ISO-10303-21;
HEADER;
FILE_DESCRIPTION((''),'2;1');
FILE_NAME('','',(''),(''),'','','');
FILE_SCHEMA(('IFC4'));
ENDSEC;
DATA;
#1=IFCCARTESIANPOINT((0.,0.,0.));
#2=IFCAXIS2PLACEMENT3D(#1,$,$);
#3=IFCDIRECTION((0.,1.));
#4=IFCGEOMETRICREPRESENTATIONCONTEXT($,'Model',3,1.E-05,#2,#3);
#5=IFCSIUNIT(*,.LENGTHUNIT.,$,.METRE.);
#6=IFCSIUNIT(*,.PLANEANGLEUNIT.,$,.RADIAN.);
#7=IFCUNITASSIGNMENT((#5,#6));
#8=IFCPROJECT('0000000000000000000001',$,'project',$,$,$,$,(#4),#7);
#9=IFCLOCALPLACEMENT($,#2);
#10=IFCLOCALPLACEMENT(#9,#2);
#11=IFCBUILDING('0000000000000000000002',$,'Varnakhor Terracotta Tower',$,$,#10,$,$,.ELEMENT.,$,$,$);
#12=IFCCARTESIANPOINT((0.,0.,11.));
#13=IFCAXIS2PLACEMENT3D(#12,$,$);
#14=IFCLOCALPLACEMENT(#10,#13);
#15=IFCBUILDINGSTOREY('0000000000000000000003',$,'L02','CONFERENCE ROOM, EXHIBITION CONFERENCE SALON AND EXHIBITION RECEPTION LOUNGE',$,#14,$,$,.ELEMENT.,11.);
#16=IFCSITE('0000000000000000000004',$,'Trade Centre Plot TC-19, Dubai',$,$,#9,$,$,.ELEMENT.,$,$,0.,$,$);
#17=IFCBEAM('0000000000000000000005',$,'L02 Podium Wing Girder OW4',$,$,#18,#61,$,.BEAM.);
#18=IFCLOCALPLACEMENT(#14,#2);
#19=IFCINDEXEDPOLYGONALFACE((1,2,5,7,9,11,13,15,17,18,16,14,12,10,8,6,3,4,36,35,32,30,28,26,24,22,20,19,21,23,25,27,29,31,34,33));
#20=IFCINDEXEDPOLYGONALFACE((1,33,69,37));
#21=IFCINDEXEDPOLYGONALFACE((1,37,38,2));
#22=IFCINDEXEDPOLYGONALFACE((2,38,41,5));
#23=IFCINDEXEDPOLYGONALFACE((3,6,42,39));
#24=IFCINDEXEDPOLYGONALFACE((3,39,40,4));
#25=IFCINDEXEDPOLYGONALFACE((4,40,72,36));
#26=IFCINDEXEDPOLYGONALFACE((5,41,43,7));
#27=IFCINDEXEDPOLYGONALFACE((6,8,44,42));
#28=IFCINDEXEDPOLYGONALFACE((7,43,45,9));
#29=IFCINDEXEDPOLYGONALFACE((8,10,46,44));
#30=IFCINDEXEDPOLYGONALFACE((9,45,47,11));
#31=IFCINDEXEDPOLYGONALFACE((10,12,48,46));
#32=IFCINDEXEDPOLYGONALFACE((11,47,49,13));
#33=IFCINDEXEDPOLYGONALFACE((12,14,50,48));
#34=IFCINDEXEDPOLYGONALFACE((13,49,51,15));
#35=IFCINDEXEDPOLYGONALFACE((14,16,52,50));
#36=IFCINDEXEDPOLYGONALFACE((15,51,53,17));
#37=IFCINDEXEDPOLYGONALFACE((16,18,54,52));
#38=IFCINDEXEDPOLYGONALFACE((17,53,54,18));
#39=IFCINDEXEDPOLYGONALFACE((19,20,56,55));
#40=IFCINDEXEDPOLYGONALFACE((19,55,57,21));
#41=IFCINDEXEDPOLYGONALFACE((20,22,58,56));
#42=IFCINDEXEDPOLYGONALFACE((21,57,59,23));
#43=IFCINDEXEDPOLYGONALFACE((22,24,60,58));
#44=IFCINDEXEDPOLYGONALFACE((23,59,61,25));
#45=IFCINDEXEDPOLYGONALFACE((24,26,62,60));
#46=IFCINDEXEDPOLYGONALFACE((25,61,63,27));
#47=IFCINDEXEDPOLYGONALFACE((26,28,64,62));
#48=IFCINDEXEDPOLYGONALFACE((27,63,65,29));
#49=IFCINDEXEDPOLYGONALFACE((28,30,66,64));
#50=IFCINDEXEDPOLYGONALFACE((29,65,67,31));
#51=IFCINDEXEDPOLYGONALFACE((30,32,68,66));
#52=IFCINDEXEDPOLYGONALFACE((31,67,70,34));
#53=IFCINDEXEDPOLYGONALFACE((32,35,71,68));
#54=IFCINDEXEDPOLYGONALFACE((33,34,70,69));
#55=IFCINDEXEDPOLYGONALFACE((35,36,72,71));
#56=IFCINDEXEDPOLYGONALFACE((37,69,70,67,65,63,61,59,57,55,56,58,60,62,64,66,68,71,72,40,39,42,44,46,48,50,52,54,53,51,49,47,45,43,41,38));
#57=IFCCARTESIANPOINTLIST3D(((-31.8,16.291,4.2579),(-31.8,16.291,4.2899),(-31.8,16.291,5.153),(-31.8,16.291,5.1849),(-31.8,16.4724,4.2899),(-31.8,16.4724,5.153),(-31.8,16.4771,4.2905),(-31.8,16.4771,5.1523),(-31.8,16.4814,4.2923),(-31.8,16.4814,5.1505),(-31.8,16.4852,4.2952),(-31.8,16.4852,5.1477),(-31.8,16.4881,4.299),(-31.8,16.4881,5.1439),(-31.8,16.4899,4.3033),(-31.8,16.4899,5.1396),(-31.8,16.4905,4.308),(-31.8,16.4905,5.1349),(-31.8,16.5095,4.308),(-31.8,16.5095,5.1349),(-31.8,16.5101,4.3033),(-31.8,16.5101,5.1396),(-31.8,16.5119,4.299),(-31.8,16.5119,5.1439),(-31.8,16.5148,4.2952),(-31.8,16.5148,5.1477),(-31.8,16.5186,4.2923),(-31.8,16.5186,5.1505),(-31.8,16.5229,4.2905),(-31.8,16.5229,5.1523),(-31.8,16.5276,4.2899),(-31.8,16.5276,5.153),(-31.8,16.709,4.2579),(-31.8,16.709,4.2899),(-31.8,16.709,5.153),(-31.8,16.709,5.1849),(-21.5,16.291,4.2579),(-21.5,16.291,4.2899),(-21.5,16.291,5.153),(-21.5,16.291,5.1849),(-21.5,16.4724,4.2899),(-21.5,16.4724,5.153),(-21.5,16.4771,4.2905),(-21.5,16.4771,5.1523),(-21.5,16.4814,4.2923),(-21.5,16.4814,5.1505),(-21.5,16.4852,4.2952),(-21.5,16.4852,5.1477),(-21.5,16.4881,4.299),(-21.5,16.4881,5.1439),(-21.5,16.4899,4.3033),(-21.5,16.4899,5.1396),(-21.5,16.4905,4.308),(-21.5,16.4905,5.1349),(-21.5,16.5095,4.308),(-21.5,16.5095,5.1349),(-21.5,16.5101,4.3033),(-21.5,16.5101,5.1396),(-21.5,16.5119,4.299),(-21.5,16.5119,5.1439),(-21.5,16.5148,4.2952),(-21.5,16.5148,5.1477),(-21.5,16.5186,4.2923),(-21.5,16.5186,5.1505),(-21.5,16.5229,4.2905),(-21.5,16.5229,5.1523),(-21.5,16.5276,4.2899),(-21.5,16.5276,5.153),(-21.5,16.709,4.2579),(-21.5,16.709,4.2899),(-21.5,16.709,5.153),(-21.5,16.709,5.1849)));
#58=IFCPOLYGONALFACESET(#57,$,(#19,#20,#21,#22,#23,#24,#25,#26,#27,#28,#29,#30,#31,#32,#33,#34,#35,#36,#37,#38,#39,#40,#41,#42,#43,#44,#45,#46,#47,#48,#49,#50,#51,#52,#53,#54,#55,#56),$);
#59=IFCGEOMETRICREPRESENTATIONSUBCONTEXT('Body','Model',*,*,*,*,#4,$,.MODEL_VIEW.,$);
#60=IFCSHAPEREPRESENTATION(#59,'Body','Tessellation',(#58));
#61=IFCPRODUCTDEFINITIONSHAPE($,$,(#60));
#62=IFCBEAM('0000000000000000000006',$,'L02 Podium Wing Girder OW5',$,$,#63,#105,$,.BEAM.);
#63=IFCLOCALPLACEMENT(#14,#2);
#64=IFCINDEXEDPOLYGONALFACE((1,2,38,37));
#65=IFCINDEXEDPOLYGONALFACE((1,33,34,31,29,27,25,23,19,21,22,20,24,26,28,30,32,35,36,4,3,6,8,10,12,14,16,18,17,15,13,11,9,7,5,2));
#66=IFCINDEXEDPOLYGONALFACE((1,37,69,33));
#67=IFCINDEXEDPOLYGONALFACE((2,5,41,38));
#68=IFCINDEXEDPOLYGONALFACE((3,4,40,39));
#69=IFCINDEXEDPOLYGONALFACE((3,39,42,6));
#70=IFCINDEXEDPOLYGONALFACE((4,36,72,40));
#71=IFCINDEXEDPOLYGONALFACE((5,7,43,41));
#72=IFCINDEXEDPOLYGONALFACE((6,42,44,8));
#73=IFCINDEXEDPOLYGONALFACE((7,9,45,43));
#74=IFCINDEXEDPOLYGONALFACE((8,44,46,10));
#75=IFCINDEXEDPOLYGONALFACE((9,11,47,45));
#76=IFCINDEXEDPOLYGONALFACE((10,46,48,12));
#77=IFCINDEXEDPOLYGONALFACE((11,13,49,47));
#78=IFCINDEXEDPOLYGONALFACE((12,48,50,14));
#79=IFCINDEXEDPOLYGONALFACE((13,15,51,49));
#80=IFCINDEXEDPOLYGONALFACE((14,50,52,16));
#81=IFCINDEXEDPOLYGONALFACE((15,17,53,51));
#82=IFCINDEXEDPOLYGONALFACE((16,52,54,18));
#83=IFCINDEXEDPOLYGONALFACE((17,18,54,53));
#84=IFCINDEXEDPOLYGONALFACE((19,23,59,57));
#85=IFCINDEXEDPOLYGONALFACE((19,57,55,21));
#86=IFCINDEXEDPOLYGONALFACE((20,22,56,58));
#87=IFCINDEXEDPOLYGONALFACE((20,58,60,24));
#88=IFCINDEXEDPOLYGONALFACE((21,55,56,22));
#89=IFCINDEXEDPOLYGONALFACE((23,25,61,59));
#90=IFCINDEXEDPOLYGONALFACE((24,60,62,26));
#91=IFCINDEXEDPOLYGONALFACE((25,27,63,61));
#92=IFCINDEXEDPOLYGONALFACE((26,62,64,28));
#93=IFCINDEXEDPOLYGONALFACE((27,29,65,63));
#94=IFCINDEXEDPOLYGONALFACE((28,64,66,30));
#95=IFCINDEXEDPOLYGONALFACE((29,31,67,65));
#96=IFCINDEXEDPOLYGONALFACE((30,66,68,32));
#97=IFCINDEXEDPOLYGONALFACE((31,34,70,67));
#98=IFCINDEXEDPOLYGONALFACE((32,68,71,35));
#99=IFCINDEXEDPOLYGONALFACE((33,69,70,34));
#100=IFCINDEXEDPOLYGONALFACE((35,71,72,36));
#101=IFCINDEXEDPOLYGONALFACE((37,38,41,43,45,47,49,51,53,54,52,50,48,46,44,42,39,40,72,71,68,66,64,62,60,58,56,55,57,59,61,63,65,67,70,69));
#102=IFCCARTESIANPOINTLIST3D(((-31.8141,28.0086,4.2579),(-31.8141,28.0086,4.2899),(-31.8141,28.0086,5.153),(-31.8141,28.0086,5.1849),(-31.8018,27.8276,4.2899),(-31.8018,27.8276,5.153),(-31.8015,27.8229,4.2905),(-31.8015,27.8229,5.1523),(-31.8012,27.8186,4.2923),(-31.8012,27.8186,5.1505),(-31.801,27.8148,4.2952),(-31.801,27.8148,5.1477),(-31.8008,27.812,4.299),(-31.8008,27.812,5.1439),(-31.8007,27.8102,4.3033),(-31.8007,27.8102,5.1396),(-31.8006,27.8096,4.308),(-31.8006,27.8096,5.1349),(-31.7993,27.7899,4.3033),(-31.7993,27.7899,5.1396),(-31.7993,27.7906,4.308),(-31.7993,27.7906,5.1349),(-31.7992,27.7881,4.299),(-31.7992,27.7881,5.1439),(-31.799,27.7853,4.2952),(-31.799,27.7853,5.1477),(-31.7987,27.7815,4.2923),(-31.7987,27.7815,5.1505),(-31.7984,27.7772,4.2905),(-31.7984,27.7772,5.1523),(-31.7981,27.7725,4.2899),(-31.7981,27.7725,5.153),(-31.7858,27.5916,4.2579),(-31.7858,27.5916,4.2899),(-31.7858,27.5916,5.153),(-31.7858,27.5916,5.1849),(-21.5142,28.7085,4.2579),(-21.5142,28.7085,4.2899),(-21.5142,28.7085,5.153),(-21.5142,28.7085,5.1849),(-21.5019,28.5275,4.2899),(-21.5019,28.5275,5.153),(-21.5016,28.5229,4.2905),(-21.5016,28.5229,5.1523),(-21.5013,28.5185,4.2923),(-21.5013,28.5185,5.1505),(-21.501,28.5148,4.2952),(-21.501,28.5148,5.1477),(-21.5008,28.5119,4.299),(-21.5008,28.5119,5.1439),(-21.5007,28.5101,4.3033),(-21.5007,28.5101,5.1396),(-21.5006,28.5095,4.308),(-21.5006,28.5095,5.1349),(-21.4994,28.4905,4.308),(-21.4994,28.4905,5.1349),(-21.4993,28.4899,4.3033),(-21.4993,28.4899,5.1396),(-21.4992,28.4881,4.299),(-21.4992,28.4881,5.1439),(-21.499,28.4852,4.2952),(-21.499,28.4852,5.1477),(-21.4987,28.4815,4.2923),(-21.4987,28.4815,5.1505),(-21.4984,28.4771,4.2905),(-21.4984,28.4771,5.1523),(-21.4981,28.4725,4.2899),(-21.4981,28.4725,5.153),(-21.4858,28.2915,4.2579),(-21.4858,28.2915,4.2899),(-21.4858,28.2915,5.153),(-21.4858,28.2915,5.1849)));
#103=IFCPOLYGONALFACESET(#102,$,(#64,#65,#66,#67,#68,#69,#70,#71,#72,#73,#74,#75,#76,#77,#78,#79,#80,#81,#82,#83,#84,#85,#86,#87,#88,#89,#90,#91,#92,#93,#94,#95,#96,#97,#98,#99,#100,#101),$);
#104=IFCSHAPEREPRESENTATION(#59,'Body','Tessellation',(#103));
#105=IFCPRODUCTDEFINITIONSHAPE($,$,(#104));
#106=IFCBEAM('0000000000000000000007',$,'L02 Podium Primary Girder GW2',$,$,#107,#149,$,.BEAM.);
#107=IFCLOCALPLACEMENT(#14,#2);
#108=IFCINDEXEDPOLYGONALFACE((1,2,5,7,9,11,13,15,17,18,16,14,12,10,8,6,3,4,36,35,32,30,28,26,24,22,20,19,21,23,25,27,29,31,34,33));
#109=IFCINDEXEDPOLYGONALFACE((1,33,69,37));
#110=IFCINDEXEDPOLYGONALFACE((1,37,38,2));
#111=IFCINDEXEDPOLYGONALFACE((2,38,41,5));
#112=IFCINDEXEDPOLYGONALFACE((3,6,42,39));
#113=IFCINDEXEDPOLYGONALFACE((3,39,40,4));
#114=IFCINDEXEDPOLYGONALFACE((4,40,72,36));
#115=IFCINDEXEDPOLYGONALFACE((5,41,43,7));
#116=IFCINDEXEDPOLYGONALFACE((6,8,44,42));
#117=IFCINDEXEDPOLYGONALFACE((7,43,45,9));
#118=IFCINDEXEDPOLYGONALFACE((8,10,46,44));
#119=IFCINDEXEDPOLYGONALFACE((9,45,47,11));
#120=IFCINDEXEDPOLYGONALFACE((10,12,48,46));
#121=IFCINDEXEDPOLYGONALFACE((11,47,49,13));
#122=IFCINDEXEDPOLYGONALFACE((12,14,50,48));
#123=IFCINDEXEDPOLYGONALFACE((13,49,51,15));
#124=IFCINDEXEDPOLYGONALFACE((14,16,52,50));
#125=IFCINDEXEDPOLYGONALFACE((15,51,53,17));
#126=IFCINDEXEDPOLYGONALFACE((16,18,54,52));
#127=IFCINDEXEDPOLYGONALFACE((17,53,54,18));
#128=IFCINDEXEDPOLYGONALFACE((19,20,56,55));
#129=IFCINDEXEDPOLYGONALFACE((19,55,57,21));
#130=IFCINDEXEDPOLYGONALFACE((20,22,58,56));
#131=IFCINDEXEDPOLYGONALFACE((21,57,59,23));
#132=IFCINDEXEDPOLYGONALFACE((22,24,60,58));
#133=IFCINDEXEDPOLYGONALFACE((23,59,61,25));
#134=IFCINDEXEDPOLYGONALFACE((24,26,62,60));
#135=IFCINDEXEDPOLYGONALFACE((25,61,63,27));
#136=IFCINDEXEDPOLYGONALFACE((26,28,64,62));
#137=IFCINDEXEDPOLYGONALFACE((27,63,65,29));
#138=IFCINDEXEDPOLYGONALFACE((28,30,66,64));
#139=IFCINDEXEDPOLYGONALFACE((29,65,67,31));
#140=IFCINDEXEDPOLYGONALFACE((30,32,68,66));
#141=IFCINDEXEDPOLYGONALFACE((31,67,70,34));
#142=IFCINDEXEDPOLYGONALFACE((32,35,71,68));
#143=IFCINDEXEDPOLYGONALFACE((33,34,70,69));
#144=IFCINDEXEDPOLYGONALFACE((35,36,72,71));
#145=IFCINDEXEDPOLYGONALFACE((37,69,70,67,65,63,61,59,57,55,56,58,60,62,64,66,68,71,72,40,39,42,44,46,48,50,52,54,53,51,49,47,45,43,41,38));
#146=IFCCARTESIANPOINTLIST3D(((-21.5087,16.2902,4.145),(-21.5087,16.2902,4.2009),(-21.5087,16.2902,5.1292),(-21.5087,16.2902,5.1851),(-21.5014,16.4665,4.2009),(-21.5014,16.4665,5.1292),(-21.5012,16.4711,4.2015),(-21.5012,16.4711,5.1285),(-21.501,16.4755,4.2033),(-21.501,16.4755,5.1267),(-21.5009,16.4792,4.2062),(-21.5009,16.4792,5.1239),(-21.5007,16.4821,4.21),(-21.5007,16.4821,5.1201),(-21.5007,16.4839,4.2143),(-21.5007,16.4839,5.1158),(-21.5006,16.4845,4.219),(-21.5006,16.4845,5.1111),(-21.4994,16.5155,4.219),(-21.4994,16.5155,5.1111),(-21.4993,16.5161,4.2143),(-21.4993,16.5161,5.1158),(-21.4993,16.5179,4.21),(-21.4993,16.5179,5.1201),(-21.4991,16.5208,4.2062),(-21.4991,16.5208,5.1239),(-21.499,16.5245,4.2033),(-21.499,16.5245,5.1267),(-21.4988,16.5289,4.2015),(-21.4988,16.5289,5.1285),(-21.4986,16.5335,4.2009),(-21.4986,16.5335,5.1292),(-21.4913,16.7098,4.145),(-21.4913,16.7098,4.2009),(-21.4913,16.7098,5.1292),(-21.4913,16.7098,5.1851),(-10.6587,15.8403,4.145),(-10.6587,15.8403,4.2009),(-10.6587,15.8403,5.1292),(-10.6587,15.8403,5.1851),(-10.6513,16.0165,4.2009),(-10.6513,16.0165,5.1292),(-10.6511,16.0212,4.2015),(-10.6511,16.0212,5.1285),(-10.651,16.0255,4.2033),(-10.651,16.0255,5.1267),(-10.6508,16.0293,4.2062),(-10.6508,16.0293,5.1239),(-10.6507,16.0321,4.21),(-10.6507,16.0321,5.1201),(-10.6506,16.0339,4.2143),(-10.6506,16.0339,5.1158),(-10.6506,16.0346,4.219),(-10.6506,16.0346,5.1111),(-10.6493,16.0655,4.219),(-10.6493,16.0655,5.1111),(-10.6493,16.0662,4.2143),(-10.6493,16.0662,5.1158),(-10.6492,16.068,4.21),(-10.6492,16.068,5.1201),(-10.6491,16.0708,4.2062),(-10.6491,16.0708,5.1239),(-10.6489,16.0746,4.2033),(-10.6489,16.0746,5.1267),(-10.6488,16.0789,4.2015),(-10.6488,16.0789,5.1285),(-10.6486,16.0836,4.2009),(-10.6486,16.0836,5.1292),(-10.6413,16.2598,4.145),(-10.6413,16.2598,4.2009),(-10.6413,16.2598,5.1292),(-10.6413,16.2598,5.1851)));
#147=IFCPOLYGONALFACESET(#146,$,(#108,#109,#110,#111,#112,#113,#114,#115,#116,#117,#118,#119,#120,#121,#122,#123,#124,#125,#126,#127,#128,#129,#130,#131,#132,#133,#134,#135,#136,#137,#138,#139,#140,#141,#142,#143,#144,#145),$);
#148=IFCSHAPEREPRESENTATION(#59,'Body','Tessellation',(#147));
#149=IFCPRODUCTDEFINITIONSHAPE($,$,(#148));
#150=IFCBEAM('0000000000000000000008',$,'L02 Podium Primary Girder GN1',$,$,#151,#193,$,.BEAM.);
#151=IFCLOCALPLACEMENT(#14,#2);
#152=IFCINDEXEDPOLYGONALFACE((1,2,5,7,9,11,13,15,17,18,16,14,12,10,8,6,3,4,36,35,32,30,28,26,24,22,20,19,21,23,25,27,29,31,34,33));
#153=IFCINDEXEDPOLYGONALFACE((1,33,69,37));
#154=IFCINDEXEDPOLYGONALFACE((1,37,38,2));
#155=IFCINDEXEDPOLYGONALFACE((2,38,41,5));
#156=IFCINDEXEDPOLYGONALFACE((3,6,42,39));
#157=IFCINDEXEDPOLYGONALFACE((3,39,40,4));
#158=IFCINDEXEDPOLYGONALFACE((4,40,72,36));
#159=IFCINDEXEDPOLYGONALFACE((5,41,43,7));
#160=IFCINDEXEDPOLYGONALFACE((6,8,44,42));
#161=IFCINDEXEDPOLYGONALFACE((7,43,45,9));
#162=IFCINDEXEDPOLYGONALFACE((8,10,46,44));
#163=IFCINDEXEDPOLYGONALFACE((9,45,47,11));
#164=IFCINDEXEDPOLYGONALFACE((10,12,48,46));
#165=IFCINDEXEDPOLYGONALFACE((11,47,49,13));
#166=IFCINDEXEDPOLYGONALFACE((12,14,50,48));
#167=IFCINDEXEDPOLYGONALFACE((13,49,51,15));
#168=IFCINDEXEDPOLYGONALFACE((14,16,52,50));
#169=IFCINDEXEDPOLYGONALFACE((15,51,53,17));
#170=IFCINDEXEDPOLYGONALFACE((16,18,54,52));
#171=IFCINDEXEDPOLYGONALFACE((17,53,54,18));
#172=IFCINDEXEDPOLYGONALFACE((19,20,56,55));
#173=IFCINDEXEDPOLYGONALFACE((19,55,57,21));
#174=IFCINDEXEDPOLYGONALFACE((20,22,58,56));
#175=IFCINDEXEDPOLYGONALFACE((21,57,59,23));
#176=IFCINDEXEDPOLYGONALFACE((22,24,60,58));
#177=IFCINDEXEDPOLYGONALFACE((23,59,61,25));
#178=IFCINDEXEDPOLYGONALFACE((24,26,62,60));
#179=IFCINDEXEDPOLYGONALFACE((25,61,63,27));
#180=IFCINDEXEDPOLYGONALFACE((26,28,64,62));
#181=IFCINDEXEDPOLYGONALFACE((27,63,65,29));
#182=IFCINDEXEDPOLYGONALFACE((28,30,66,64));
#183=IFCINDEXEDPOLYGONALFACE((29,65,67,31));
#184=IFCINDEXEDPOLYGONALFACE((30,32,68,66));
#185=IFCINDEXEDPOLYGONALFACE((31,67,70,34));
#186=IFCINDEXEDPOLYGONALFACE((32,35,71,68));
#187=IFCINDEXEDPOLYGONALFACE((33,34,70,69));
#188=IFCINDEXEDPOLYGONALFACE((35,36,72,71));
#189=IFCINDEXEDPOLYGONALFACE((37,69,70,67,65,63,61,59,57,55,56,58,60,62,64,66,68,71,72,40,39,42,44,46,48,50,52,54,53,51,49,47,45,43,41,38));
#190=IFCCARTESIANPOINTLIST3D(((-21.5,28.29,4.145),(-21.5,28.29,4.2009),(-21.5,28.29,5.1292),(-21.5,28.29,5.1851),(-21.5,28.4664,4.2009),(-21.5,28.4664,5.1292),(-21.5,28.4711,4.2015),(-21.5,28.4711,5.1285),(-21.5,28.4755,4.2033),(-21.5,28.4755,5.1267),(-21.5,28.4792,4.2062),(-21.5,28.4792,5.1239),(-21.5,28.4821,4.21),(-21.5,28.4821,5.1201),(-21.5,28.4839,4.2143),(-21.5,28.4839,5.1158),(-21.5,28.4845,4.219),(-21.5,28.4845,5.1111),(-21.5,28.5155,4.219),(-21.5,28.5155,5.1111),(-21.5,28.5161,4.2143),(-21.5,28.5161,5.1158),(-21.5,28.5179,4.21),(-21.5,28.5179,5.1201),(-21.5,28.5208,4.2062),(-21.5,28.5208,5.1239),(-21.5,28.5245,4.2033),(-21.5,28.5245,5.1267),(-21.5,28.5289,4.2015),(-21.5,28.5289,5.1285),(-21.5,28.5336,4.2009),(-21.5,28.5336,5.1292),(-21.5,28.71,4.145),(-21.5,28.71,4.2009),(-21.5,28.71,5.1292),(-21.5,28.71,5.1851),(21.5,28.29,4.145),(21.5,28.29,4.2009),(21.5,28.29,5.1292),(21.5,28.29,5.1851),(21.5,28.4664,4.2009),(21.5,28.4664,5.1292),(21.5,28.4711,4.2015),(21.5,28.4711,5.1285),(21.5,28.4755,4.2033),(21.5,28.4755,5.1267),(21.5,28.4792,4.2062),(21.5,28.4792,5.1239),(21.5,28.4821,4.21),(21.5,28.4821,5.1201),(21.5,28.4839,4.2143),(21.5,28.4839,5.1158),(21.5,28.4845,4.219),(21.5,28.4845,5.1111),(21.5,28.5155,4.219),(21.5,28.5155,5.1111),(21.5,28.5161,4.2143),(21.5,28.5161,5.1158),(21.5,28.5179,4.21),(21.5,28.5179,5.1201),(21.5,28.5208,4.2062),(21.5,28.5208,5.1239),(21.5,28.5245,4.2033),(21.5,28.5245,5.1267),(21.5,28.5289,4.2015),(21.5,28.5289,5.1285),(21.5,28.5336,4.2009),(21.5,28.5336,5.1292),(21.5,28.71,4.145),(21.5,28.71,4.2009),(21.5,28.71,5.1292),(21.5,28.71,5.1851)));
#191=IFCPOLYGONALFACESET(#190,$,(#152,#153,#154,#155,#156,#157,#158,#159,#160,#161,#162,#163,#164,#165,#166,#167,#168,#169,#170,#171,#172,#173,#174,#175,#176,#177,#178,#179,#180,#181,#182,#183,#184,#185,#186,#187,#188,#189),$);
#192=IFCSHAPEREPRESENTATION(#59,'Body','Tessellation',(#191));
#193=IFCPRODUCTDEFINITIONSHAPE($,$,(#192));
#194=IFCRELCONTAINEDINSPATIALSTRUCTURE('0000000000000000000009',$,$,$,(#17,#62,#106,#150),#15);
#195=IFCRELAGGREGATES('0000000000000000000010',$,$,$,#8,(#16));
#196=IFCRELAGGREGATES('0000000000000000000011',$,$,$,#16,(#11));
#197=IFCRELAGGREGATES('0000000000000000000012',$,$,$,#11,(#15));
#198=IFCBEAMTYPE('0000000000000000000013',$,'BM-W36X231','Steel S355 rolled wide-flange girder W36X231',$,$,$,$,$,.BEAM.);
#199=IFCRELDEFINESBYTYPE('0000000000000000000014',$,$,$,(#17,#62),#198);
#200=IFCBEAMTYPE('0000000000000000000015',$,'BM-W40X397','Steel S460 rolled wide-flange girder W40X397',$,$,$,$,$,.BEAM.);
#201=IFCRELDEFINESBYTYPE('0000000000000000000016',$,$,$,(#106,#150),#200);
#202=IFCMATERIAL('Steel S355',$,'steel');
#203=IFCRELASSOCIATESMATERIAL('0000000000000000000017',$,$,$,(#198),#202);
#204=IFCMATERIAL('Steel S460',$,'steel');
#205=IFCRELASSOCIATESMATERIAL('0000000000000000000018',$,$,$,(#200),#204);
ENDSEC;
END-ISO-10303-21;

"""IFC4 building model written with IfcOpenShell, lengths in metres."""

from ifc_helpers import new_model, si_unit, direction, frame, origin, origin_2d, place, context, subcontext, project, spatial, i_section, extrude, source, transform, mapped, material, material_profile, profile_set, type_object, element, save


model = new_model("IFC4")

# Units and contexts
model_context = context("Model", 3, precision=1e-05, world=origin(), true_north=direction((0.0, 1.0)))
body_context = subcontext(model_context, "Body", "Model", "MODEL_VIEW")
ifc_project = project(units=[si_unit("LENGTHUNIT", "METRE"), si_unit("PLANEANGLEUNIT", "RADIAN")], contexts=[model_context])

# Site, building, storey
site_placement = place(None, origin())
site = spatial("IfcSite", under=ifc_project, at=site_placement, Name="Trade Centre Plot TC-19, Dubai", CompositionType="ELEMENT", RefElevation=0.0)
building_placement = place(site_placement, origin())
building = spatial("IfcBuilding", under=site, at=building_placement, Name="Varnakhor Terracotta Tower", CompositionType="ELEMENT")
storey_placement = place(building_placement, frame((0.0, 0.0, 11.0)))
storey = spatial("IfcBuildingStorey", under=building, at=storey_placement, Name="L02", Description="CONFERENCE ROOM, EXHIBITION CONFERENCE SALON AND EXHIBITION RECEPTION LOUNGE", CompositionType="ELEMENT", Elevation=11.0)

# Shared definitions
ifc_material_1 = material(Name="Steel S460", Category="steel")

# Beams
ifc_material_2 = material(Name="Steel S355", Category="steel")
ifc_material_profile_1 = material_profile(ifc_material_2, i_section(OverallWidth=0.418, OverallDepth=0.927, WebThickness=0.019, FlangeThickness=0.032, FilletRadius=0.0181, at=origin_2d()), Name="W36X231")
ifc_profile_set_1 = profile_set([ifc_material_profile_1], Name="Steel S355")
beam_type_1 = type_object("IfcBeamType", Name="BM-W36X231", Description="Steel S355 rolled wide-flange girder W36X231", PredefinedType="BEAM", material=ifc_profile_set_1)
shared_shape_1 = source(origin(), body_context, "Body", "SweptSolid", [
    extrude(i_section(OverallWidth=0.418, OverallDepth=0.927, WebThickness=0.019, FlangeThickness=0.032, FilletRadius=0.0181, at=origin_2d()), origin(), (0.0, 0.0, 1.0), 10.3),
])
beam_1_placement = place(storey_placement, frame((-21.5, 16.5, 4.7214), z_axis=(-1.0, 0.0, 0.0), x_axis=(0.0, -1.0, 0.0)))
element("IfcBeam", 1, at=beam_1_placement, inside=storey, type_object=beam_type_1, Name="L02 Podium Wing Girder OW4", PredefinedType="BEAM", context=body_context, shape_type="MappedRepresentation", body=[
    mapped(shared_shape_1, transform((0.0, 0.0, 0.0), scale=1.0)),
])
shared_shape_2 = source(origin(), body_context, "Body", "SweptSolid", [
    extrude(i_section(OverallWidth=0.418, OverallDepth=0.927, WebThickness=0.019, FlangeThickness=0.032, FilletRadius=0.0181, at=origin_2d()), origin(), (0.0, 0.0, 1.0), 10.3237),
])
beam_2_placement = place(storey_placement, frame((-21.5, 28.5, 4.7214), z_axis=(-0.997699, -0.0678, 0.0), x_axis=(0.0678, -0.997699, 0.0)))
element("IfcBeam", 2, at=beam_2_placement, inside=storey, type_object=beam_type_1, Name="L02 Podium Wing Girder OW5", PredefinedType="BEAM", context=body_context, shape_type="MappedRepresentation", body=[
    mapped(shared_shape_2, transform((0.0, 0.0, 0.0), scale=1.0)),
])
ifc_material_profile_2 = material_profile(ifc_material_1, i_section(OverallWidth=0.4199, OverallDepth=1.04, WebThickness=0.031, FlangeThickness=0.0559, FilletRadius=0.0181, at=origin_2d()), Name="W40X397")
ifc_profile_set_2 = profile_set([ifc_material_profile_2], Name="Steel S460")
beam_type_2 = type_object("IfcBeamType", Name="BM-W40X397", Description="Steel S460 rolled wide-flange girder W40X397", PredefinedType="BEAM", material=ifc_profile_set_2)
shared_shape_3 = source(origin(), body_context, "Body", "SweptSolid", [
    extrude(i_section(OverallWidth=0.4199, OverallDepth=1.04, WebThickness=0.031, FlangeThickness=0.0559, FilletRadius=0.0181, at=origin_2d()), origin(), (0.0, 0.0, 1.0), 10.8594),
])
beam_3_placement = place(storey_placement, frame((-21.5, 16.5, 4.665), z_axis=(0.999141, -0.041434, 0.0), x_axis=(0.041434, 0.999141, 0.0)))
element("IfcBeam", 3, at=beam_3_placement, inside=storey, type_object=beam_type_2, Name="L02 Podium Primary Girder GW2", PredefinedType="BEAM", context=body_context, shape_type="MappedRepresentation", body=[
    mapped(shared_shape_3, transform((0.0, 0.0, 0.0), scale=1.0)),
])
shared_shape_4 = source(origin(), body_context, "Body", "SweptSolid", [
    extrude(i_section(OverallWidth=0.4199, OverallDepth=1.04, WebThickness=0.031, FlangeThickness=0.0559, FilletRadius=0.0181, at=origin_2d()), origin(), (0.0, 0.0, 1.0), 43.0),
])
beam_4_placement = place(storey_placement, frame((-21.5, 28.5, 4.665), z_axis=(1.0, 0.0, 0.0), x_axis=(0.0, 1.0, 0.0)))
element("IfcBeam", 4, at=beam_4_placement, inside=storey, type_object=beam_type_2, Name="L02 Podium Primary Girder GN1", PredefinedType="BEAM", context=body_context, shape_type="MappedRepresentation", body=[
    mapped(shared_shape_4, transform((0.0, 0.0, 0.0), scale=1.0)),
])

save(model, "model.ifc")
